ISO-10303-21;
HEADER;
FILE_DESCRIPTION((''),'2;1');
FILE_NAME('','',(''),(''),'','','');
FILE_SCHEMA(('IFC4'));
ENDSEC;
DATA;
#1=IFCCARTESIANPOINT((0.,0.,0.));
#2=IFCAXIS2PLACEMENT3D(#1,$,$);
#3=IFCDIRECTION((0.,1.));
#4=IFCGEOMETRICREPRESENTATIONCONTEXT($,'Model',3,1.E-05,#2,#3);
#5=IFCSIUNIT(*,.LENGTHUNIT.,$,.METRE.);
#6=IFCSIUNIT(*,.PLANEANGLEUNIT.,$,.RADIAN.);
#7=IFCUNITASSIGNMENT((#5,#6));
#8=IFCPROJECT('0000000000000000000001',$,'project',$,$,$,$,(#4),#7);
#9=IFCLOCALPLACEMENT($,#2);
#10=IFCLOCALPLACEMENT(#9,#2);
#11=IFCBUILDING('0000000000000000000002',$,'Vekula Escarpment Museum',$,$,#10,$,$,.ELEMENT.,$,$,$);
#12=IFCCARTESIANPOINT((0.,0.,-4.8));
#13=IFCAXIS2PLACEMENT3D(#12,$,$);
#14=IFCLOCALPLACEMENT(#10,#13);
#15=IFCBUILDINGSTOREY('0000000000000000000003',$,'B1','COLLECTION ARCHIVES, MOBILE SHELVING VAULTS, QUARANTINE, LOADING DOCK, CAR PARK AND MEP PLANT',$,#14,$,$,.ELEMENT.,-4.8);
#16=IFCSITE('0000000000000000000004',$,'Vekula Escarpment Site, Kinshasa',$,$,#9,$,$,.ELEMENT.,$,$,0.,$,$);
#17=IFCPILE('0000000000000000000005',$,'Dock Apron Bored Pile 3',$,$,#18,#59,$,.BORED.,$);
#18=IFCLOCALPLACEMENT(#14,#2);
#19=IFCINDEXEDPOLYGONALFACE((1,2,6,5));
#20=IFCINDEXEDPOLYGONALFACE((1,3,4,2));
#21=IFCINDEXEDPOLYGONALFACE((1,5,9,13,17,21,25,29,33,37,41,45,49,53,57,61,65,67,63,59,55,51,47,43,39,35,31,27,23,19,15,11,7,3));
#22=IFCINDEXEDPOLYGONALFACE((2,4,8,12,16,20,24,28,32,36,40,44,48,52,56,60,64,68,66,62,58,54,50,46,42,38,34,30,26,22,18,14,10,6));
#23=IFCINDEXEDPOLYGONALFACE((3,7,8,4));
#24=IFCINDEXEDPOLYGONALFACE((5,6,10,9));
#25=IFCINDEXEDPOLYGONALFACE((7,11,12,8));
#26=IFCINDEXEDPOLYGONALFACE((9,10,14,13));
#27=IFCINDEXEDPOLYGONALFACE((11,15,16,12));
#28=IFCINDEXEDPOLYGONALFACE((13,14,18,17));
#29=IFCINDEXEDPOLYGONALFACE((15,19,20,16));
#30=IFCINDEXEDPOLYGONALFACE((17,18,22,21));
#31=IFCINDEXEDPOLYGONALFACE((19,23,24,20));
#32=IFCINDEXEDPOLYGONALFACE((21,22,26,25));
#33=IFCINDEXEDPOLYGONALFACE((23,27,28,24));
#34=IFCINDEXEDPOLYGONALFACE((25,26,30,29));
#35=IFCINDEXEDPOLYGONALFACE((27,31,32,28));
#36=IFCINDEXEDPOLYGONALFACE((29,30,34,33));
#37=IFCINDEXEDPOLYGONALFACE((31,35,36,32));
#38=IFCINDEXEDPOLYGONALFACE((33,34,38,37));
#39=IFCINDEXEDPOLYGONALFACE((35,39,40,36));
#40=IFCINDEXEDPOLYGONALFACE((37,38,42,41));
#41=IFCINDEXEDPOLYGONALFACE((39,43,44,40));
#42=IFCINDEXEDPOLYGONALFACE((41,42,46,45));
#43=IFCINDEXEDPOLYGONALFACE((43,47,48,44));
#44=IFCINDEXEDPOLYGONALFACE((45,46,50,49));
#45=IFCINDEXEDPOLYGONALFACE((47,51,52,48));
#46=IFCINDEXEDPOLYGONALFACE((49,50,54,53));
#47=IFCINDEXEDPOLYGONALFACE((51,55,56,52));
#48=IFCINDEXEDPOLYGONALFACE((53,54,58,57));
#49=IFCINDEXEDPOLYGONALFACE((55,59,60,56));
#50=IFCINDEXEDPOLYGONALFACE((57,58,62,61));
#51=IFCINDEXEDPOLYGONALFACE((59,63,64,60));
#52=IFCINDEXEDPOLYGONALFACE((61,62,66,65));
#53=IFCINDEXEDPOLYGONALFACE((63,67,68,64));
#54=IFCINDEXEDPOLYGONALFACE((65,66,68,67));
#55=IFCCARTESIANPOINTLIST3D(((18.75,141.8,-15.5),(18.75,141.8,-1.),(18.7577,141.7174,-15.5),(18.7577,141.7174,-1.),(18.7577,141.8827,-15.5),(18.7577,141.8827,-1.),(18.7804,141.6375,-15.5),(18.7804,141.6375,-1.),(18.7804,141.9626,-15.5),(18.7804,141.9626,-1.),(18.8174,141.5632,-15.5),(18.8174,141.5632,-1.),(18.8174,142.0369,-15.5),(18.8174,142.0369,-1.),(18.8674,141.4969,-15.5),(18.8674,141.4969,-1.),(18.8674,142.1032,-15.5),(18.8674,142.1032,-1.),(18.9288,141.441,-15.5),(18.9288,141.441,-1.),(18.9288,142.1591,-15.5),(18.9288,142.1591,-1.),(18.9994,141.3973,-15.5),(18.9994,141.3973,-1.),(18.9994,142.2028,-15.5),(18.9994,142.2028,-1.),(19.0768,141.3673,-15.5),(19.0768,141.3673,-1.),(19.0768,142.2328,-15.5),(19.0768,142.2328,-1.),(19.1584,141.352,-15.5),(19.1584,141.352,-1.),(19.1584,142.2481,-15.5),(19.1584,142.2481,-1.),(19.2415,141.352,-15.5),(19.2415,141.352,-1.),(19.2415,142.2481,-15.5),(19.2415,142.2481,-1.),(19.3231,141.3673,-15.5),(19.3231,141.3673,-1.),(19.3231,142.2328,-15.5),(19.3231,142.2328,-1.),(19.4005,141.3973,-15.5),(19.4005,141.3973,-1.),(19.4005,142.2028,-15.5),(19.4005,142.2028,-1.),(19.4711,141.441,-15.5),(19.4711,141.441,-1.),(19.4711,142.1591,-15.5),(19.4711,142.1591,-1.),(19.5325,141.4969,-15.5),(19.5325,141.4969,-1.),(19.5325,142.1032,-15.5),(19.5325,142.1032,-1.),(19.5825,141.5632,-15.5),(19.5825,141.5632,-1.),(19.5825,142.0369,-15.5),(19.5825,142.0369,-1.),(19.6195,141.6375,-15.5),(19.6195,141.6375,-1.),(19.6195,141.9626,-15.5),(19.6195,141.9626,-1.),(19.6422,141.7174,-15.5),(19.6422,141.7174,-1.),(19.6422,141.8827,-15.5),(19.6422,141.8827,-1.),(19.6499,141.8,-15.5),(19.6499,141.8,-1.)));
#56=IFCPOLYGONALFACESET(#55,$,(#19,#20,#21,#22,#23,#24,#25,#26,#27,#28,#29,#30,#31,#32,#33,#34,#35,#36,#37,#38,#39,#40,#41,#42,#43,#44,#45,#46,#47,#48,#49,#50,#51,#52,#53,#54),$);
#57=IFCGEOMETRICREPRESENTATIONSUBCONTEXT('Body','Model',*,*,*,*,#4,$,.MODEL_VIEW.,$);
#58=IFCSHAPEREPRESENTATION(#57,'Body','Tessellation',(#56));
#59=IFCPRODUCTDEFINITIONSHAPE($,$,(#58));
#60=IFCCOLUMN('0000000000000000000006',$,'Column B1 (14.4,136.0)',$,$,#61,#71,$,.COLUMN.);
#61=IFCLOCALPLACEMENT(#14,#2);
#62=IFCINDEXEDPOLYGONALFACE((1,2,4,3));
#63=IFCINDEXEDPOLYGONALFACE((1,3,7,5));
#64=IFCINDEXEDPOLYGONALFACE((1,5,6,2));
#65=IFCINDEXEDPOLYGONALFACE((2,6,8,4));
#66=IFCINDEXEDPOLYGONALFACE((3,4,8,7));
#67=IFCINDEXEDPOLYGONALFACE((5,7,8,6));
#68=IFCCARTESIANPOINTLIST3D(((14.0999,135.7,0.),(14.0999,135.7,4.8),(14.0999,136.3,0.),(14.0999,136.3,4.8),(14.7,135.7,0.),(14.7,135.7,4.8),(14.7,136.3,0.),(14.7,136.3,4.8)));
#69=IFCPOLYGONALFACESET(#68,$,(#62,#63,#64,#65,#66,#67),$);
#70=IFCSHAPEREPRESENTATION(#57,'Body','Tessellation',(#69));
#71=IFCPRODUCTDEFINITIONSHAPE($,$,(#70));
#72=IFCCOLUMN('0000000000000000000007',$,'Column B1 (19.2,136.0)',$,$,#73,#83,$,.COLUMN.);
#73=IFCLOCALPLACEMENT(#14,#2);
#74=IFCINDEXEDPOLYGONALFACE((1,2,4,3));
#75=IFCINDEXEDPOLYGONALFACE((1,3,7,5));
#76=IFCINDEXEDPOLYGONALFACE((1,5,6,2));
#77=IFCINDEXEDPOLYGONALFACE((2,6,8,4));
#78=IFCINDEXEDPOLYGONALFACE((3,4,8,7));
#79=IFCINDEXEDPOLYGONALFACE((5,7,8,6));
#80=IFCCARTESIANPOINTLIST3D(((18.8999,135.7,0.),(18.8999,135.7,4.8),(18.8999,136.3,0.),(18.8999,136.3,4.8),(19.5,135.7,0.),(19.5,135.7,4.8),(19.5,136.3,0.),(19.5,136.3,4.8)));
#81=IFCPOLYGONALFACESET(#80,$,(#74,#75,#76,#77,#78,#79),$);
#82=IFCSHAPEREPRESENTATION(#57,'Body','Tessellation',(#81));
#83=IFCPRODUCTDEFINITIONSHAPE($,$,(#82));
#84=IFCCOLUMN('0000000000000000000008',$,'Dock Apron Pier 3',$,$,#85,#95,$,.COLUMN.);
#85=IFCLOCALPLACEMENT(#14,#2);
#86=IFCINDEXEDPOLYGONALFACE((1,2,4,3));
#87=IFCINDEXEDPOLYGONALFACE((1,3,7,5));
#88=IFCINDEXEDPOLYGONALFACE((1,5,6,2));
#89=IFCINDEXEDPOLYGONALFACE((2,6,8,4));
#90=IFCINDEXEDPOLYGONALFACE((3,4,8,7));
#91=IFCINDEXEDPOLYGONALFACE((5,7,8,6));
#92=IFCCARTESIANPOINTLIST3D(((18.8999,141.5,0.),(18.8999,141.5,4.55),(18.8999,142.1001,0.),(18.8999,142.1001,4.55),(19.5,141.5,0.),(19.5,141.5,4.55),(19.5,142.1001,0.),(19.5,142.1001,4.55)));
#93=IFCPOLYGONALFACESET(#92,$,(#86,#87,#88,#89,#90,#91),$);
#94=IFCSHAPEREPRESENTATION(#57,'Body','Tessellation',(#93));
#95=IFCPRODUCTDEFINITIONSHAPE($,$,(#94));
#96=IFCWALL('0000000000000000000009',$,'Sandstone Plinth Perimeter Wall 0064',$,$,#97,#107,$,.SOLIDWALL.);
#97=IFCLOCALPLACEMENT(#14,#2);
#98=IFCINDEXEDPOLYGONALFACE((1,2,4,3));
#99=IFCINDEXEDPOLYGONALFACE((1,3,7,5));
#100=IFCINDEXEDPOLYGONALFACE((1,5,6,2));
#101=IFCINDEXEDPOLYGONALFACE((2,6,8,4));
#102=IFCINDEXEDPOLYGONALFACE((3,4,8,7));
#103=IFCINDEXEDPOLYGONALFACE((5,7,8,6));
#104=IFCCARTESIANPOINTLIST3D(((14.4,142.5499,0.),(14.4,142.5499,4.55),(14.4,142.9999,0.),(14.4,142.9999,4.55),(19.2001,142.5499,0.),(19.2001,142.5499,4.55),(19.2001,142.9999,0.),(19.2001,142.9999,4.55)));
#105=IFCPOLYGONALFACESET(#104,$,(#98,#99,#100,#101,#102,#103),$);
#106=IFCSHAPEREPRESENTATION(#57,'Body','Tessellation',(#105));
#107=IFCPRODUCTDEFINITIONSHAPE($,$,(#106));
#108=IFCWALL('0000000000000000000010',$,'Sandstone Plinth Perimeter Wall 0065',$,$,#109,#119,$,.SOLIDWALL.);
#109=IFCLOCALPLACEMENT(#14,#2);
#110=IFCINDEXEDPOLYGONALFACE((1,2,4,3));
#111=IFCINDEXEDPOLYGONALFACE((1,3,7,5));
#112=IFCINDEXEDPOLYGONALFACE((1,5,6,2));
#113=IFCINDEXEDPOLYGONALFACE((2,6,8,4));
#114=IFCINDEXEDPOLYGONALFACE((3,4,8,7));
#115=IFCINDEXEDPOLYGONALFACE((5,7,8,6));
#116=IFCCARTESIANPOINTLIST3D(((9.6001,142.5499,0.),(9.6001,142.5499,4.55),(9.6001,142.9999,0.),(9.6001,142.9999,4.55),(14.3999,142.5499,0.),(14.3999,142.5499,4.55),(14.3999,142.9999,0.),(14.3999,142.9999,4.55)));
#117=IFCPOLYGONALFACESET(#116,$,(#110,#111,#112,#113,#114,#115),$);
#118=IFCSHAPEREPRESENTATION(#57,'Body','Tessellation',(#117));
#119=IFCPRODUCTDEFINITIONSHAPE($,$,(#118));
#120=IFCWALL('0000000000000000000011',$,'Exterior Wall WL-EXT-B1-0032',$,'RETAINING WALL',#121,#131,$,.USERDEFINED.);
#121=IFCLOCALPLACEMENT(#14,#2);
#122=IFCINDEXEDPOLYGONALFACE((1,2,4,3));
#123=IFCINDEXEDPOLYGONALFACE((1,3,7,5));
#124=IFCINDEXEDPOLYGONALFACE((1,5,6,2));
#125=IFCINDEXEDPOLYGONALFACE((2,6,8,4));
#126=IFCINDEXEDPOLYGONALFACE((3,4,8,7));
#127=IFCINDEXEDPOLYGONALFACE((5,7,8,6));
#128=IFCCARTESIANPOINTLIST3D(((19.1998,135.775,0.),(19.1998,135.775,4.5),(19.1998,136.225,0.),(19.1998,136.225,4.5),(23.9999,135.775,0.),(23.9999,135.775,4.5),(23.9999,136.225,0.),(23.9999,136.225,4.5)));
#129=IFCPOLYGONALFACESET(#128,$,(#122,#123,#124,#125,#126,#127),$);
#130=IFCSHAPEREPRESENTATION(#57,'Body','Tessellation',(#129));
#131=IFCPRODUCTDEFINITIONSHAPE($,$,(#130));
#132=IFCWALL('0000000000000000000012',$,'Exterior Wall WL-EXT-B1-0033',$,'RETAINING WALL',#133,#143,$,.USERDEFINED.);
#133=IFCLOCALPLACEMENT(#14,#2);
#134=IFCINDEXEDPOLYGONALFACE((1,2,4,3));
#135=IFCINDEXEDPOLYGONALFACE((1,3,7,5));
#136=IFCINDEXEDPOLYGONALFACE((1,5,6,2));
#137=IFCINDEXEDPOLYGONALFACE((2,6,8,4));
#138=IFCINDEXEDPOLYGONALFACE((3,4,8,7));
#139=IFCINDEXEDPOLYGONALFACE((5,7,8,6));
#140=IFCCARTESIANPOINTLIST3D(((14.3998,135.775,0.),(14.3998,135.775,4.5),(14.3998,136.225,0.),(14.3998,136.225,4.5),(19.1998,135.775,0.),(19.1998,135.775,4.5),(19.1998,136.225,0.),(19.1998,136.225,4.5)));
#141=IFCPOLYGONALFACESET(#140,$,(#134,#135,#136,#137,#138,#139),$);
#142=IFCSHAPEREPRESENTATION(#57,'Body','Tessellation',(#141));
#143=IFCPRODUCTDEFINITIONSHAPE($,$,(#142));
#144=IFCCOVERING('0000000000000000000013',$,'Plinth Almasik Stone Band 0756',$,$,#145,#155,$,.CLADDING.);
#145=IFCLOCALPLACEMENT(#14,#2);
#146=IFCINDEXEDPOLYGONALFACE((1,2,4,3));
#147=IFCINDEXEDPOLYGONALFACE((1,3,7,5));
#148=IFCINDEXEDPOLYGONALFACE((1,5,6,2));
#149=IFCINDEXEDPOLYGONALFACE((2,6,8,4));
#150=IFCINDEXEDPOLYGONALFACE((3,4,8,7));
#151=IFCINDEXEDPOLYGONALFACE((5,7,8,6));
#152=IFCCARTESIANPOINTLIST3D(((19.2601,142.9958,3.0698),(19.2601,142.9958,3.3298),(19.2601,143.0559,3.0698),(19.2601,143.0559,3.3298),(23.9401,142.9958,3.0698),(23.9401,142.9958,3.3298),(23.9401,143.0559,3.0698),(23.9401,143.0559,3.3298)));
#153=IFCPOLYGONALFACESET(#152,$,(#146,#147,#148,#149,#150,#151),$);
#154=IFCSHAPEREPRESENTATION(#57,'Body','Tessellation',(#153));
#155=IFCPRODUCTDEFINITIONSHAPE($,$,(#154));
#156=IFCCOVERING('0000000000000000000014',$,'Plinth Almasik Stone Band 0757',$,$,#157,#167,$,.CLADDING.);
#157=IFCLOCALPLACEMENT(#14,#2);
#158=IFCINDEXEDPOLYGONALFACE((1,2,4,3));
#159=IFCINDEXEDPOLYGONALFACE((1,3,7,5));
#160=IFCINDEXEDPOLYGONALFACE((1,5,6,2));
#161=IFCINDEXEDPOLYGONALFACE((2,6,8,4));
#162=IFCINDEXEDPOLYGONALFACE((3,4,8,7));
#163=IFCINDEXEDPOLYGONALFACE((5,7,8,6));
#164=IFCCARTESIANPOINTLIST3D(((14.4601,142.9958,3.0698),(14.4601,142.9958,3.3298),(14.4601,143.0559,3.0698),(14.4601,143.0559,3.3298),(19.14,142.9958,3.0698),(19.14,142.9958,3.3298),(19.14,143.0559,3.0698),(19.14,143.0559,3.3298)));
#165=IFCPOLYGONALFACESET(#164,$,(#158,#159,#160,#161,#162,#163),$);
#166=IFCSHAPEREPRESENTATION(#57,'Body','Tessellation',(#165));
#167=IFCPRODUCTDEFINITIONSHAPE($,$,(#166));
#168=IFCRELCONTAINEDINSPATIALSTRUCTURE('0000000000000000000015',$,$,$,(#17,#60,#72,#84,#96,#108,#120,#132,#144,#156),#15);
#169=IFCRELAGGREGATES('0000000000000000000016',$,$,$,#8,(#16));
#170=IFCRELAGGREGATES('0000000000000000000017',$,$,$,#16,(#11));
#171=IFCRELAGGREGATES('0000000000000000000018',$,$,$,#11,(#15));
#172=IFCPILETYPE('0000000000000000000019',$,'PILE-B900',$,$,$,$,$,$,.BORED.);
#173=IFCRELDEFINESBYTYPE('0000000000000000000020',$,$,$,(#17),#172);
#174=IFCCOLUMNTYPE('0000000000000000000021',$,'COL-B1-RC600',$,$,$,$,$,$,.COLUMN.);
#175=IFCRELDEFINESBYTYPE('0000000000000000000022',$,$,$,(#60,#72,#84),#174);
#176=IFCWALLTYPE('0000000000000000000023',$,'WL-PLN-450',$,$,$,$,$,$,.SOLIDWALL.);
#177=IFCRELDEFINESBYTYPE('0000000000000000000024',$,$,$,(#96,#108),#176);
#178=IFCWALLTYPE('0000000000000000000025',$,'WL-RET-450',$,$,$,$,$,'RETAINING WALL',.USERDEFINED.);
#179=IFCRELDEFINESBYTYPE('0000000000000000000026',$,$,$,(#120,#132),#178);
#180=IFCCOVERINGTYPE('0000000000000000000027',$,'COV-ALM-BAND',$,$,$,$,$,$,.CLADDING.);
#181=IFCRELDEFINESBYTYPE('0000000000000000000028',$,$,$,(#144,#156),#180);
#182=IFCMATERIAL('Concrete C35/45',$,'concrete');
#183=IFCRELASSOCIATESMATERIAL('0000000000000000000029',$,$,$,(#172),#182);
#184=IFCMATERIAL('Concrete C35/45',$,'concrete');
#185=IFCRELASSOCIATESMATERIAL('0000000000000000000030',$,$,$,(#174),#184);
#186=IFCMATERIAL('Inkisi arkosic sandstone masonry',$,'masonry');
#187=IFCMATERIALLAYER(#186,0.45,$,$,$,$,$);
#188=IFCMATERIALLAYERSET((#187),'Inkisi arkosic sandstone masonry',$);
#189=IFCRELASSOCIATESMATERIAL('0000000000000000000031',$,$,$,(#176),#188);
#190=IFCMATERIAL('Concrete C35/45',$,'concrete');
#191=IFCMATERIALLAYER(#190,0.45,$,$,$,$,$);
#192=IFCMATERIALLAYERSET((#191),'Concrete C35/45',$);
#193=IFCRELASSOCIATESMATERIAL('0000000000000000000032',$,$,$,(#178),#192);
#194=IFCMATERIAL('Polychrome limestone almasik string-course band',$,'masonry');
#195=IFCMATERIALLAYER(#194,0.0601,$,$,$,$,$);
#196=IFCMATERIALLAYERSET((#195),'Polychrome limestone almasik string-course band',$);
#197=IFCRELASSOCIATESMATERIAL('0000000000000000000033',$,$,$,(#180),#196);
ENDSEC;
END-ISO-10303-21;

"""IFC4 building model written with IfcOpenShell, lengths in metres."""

from ifc_helpers import new_model, si_unit, direction, frame, frame_2d, origin, origin_2d, place, context, subcontext, project, spatial, rectangle, circle, extrude, material, layer, layer_set, material_profile, profile_set, type_object, element, save


model = new_model("IFC4")

# Units and contexts
model_context = context("Model", 3, precision=1e-05, world=origin(), true_north=direction((0.0, 1.0)))
body_context = subcontext(model_context, "Body", "Model", "MODEL_VIEW")
ifc_project = project(units=[si_unit("LENGTHUNIT", "METRE"), si_unit("PLANEANGLEUNIT", "RADIAN")], contexts=[model_context])

# Site, building, storey
site_placement = place(None, origin())
site = spatial("IfcSite", under=ifc_project, at=site_placement, Name="Vekula Escarpment Site, Kinshasa", CompositionType="ELEMENT", RefElevation=0.0)
building_placement = place(site_placement, origin())
building = spatial("IfcBuilding", under=site, at=building_placement, Name="Vekula Escarpment Museum", CompositionType="ELEMENT")
storey_placement = place(building_placement, frame((0.0, 0.0, -4.8)))
storey = spatial("IfcBuildingStorey", under=building, at=storey_placement, Name="B1", Description="COLLECTION ARCHIVES, MOBILE SHELVING VAULTS, QUARANTINE, LOADING DOCK, CAR PARK AND MEP PLANT", CompositionType="ELEMENT", Elevation=-4.8)

# Pile
ifc_material_1 = material(Name="Concrete C35/45", Category="concrete")
ifc_material_profile_1 = material_profile(ifc_material_1, circle(Radius=0.45, at=origin_2d()), Name="BORED PILE 900")
ifc_profile_set_1 = profile_set([ifc_material_profile_1], Name="Concrete C35/45")
pile_type = type_object("IfcPileType", Name="PILE-B900", PredefinedType="BORED", material=ifc_profile_set_1)
pile_1_placement = place(storey_placement, frame((19.2, 141.8, -1.0), z_axis=(0.0, 0.0, -1.0), x_axis=(1.0, 0.0, 0.0)))
element("IfcPile", 1, at=pile_1_placement, inside=storey, type_object=pile_type, Name="Dock Apron Bored Pile 3", PredefinedType="BORED", context=body_context, shape_type="SweptSolid", body=[
    extrude(circle(Radius=0.45, at=origin_2d()), origin(), (0.0, 0.0, 1.0), 14.5),
])

# Columns
ifc_material_2 = material(Name="Concrete C35/45", Category="concrete")
ifc_material_profile_2 = material_profile(ifc_material_2, rectangle(XDim=0.6001, YDim=0.6001, at=origin_2d()), Name="RC 600x600")
ifc_profile_set_2 = profile_set([ifc_material_profile_2], Name="Concrete C35/45")
column_type = type_object("IfcColumnType", Name="COL-B1-RC600", PredefinedType="COLUMN", material=ifc_profile_set_2)
for number, where, z_axis, x_axis, name in (
    (2, (14.3999, 136.0, 0.0), (0.0, 0.0, 1.0), (1.0, 0.0, 0.0), "Column B1 (14.4,136.0)"),
    (3, (19.2, 136.0, 0.0), (0.0, 0.0, 1.0), (1.0, 0.0, 0.0), "Column B1 (19.2,136.0)"),
):
    element("IfcColumn", number, at=place(storey_placement, frame(where, z_axis=z_axis, x_axis=x_axis)), inside=storey, type_object=column_type, Name=name, PredefinedType="COLUMN", context=body_context, shape_type="SweptSolid", body=[
        extrude(rectangle(XDim=0.6001, YDim=0.6001, at=origin_2d()), origin(), (0.0, 0.0, 1.0), 4.8),
    ])
column_placement = place(storey_placement, frame((19.2, 141.8, 0.0), z_axis=(0.0, 0.0, 1.0), x_axis=(1.0, 0.0, 0.0)))
element("IfcColumn", 4, at=column_placement, inside=storey, type_object=column_type, Name="Dock Apron Pier 3", PredefinedType="COLUMN", context=body_context, shape_type="SweptSolid", body=[
    extrude(rectangle(XDim=0.6001, YDim=0.6001, at=origin_2d()), origin(), (0.0, 0.0, 1.0), 4.55),
])

# Walls
ifc_material_3 = material(Name="Inkisi arkosic sandstone masonry", Category="masonry")
ifc_layer_1 = layer(ifc_material_3, 0.45)
ifc_layer_set_1 = layer_set([ifc_layer_1], Name="Inkisi arkosic sandstone masonry")
wall_type_1 = type_object("IfcWallType", Name="WL-PLN-450", PredefinedType="SOLIDWALL", material=ifc_layer_set_1)
wall_1_placement = place(storey_placement, frame((19.2, 142.7749, 0.0), z_axis=(0.0, 0.0, 1.0), x_axis=(-1.0, 0.0, 0.0)))
element("IfcWall", 5, at=wall_1_placement, inside=storey, type_object=wall_type_1, Name="Sandstone Plinth Perimeter Wall 0064", PredefinedType="SOLIDWALL", context=body_context, shape_type="SweptSolid", body=[
    extrude(rectangle(XDim=4.8, YDim=0.45, at=frame_2d((2.3999, 0.0))), origin(), (0.0, 0.0, 1.0), 4.55),
])
wall_2_placement = place(storey_placement, frame((14.3999, 142.7749, 0.0), z_axis=(0.0, 0.0, 1.0), x_axis=(-1.0, 0.0, 0.0)))
element("IfcWall", 6, at=wall_2_placement, inside=storey, type_object=wall_type_1, Name="Sandstone Plinth Perimeter Wall 0065", PredefinedType="SOLIDWALL", context=body_context, shape_type="SweptSolid", body=[
    extrude(rectangle(XDim=4.7998, YDim=0.45, at=frame_2d((2.3999, 0.0))), origin(), (0.0, 0.0, 1.0), 4.55),
])
ifc_material_4 = material(Name="Concrete C35/45", Category="concrete")
ifc_layer_2 = layer(ifc_material_4, 0.45)
ifc_layer_set_2 = layer_set([ifc_layer_2], Name="Concrete C35/45")
wall_type_2 = type_object("IfcWallType", Name="WL-RET-450", ElementType="RETAINING WALL", PredefinedType="USERDEFINED", material=ifc_layer_set_2)
for number, where, z_axis, x_axis, name in (
    (7, (19.2, 136.0, 0.0), (0.0, 0.0, 1.0), (1.0, 0.0, 0.0), "Exterior Wall WL-EXT-B1-0032"),
    (8, (14.3999, 136.0, 0.0), (0.0, 0.0, 1.0), (1.0, 0.0, 0.0), "Exterior Wall WL-EXT-B1-0033"),
):
    element("IfcWall", number, at=place(storey_placement, frame(where, z_axis=z_axis, x_axis=x_axis)), inside=storey, type_object=wall_type_2, Name=name, ObjectType="RETAINING WALL", PredefinedType="USERDEFINED", context=body_context, shape_type="SweptSolid", body=[
        extrude(rectangle(XDim=4.8, YDim=0.45, at=frame_2d((2.3999, 0.0))), origin(), (0.0, 0.0, 1.0), 4.5),
    ])

# Coverings
ifc_material_5 = material(Name="Polychrome limestone almasik string-course band", Category="masonry")
ifc_layer_3 = layer(ifc_material_5, 0.0601)
ifc_layer_set_3 = layer_set([ifc_layer_3], Name="Polychrome limestone almasik string-course band")
covering_type = type_object("IfcCoveringType", Name="COV-ALM-BAND", PredefinedType="CLADDING", material=ifc_layer_set_3)
for number, where, z_axis, x_axis, name in (
    (9, (21.6001, 143.0259, 3.0698), (0.0, 0.0, 1.0), (1.0, 0.0, 0.0), "Plinth Almasik Stone Band 0756"),
    (10, (16.8, 143.0259, 3.0698), (0.0, 0.0, 1.0), (1.0, 0.0, 0.0), "Plinth Almasik Stone Band 0757"),
):
    element("IfcCovering", number, at=place(storey_placement, frame(where, z_axis=z_axis, x_axis=x_axis)), inside=storey, type_object=covering_type, Name=name, PredefinedType="CLADDING", context=body_context, shape_type="SweptSolid", body=[
        extrude(rectangle(XDim=4.6799, YDim=0.0601, at=origin_2d()), origin(), (0.0, 0.0, 1.0), 0.26),
    ])

save(model, "model.ifc")
